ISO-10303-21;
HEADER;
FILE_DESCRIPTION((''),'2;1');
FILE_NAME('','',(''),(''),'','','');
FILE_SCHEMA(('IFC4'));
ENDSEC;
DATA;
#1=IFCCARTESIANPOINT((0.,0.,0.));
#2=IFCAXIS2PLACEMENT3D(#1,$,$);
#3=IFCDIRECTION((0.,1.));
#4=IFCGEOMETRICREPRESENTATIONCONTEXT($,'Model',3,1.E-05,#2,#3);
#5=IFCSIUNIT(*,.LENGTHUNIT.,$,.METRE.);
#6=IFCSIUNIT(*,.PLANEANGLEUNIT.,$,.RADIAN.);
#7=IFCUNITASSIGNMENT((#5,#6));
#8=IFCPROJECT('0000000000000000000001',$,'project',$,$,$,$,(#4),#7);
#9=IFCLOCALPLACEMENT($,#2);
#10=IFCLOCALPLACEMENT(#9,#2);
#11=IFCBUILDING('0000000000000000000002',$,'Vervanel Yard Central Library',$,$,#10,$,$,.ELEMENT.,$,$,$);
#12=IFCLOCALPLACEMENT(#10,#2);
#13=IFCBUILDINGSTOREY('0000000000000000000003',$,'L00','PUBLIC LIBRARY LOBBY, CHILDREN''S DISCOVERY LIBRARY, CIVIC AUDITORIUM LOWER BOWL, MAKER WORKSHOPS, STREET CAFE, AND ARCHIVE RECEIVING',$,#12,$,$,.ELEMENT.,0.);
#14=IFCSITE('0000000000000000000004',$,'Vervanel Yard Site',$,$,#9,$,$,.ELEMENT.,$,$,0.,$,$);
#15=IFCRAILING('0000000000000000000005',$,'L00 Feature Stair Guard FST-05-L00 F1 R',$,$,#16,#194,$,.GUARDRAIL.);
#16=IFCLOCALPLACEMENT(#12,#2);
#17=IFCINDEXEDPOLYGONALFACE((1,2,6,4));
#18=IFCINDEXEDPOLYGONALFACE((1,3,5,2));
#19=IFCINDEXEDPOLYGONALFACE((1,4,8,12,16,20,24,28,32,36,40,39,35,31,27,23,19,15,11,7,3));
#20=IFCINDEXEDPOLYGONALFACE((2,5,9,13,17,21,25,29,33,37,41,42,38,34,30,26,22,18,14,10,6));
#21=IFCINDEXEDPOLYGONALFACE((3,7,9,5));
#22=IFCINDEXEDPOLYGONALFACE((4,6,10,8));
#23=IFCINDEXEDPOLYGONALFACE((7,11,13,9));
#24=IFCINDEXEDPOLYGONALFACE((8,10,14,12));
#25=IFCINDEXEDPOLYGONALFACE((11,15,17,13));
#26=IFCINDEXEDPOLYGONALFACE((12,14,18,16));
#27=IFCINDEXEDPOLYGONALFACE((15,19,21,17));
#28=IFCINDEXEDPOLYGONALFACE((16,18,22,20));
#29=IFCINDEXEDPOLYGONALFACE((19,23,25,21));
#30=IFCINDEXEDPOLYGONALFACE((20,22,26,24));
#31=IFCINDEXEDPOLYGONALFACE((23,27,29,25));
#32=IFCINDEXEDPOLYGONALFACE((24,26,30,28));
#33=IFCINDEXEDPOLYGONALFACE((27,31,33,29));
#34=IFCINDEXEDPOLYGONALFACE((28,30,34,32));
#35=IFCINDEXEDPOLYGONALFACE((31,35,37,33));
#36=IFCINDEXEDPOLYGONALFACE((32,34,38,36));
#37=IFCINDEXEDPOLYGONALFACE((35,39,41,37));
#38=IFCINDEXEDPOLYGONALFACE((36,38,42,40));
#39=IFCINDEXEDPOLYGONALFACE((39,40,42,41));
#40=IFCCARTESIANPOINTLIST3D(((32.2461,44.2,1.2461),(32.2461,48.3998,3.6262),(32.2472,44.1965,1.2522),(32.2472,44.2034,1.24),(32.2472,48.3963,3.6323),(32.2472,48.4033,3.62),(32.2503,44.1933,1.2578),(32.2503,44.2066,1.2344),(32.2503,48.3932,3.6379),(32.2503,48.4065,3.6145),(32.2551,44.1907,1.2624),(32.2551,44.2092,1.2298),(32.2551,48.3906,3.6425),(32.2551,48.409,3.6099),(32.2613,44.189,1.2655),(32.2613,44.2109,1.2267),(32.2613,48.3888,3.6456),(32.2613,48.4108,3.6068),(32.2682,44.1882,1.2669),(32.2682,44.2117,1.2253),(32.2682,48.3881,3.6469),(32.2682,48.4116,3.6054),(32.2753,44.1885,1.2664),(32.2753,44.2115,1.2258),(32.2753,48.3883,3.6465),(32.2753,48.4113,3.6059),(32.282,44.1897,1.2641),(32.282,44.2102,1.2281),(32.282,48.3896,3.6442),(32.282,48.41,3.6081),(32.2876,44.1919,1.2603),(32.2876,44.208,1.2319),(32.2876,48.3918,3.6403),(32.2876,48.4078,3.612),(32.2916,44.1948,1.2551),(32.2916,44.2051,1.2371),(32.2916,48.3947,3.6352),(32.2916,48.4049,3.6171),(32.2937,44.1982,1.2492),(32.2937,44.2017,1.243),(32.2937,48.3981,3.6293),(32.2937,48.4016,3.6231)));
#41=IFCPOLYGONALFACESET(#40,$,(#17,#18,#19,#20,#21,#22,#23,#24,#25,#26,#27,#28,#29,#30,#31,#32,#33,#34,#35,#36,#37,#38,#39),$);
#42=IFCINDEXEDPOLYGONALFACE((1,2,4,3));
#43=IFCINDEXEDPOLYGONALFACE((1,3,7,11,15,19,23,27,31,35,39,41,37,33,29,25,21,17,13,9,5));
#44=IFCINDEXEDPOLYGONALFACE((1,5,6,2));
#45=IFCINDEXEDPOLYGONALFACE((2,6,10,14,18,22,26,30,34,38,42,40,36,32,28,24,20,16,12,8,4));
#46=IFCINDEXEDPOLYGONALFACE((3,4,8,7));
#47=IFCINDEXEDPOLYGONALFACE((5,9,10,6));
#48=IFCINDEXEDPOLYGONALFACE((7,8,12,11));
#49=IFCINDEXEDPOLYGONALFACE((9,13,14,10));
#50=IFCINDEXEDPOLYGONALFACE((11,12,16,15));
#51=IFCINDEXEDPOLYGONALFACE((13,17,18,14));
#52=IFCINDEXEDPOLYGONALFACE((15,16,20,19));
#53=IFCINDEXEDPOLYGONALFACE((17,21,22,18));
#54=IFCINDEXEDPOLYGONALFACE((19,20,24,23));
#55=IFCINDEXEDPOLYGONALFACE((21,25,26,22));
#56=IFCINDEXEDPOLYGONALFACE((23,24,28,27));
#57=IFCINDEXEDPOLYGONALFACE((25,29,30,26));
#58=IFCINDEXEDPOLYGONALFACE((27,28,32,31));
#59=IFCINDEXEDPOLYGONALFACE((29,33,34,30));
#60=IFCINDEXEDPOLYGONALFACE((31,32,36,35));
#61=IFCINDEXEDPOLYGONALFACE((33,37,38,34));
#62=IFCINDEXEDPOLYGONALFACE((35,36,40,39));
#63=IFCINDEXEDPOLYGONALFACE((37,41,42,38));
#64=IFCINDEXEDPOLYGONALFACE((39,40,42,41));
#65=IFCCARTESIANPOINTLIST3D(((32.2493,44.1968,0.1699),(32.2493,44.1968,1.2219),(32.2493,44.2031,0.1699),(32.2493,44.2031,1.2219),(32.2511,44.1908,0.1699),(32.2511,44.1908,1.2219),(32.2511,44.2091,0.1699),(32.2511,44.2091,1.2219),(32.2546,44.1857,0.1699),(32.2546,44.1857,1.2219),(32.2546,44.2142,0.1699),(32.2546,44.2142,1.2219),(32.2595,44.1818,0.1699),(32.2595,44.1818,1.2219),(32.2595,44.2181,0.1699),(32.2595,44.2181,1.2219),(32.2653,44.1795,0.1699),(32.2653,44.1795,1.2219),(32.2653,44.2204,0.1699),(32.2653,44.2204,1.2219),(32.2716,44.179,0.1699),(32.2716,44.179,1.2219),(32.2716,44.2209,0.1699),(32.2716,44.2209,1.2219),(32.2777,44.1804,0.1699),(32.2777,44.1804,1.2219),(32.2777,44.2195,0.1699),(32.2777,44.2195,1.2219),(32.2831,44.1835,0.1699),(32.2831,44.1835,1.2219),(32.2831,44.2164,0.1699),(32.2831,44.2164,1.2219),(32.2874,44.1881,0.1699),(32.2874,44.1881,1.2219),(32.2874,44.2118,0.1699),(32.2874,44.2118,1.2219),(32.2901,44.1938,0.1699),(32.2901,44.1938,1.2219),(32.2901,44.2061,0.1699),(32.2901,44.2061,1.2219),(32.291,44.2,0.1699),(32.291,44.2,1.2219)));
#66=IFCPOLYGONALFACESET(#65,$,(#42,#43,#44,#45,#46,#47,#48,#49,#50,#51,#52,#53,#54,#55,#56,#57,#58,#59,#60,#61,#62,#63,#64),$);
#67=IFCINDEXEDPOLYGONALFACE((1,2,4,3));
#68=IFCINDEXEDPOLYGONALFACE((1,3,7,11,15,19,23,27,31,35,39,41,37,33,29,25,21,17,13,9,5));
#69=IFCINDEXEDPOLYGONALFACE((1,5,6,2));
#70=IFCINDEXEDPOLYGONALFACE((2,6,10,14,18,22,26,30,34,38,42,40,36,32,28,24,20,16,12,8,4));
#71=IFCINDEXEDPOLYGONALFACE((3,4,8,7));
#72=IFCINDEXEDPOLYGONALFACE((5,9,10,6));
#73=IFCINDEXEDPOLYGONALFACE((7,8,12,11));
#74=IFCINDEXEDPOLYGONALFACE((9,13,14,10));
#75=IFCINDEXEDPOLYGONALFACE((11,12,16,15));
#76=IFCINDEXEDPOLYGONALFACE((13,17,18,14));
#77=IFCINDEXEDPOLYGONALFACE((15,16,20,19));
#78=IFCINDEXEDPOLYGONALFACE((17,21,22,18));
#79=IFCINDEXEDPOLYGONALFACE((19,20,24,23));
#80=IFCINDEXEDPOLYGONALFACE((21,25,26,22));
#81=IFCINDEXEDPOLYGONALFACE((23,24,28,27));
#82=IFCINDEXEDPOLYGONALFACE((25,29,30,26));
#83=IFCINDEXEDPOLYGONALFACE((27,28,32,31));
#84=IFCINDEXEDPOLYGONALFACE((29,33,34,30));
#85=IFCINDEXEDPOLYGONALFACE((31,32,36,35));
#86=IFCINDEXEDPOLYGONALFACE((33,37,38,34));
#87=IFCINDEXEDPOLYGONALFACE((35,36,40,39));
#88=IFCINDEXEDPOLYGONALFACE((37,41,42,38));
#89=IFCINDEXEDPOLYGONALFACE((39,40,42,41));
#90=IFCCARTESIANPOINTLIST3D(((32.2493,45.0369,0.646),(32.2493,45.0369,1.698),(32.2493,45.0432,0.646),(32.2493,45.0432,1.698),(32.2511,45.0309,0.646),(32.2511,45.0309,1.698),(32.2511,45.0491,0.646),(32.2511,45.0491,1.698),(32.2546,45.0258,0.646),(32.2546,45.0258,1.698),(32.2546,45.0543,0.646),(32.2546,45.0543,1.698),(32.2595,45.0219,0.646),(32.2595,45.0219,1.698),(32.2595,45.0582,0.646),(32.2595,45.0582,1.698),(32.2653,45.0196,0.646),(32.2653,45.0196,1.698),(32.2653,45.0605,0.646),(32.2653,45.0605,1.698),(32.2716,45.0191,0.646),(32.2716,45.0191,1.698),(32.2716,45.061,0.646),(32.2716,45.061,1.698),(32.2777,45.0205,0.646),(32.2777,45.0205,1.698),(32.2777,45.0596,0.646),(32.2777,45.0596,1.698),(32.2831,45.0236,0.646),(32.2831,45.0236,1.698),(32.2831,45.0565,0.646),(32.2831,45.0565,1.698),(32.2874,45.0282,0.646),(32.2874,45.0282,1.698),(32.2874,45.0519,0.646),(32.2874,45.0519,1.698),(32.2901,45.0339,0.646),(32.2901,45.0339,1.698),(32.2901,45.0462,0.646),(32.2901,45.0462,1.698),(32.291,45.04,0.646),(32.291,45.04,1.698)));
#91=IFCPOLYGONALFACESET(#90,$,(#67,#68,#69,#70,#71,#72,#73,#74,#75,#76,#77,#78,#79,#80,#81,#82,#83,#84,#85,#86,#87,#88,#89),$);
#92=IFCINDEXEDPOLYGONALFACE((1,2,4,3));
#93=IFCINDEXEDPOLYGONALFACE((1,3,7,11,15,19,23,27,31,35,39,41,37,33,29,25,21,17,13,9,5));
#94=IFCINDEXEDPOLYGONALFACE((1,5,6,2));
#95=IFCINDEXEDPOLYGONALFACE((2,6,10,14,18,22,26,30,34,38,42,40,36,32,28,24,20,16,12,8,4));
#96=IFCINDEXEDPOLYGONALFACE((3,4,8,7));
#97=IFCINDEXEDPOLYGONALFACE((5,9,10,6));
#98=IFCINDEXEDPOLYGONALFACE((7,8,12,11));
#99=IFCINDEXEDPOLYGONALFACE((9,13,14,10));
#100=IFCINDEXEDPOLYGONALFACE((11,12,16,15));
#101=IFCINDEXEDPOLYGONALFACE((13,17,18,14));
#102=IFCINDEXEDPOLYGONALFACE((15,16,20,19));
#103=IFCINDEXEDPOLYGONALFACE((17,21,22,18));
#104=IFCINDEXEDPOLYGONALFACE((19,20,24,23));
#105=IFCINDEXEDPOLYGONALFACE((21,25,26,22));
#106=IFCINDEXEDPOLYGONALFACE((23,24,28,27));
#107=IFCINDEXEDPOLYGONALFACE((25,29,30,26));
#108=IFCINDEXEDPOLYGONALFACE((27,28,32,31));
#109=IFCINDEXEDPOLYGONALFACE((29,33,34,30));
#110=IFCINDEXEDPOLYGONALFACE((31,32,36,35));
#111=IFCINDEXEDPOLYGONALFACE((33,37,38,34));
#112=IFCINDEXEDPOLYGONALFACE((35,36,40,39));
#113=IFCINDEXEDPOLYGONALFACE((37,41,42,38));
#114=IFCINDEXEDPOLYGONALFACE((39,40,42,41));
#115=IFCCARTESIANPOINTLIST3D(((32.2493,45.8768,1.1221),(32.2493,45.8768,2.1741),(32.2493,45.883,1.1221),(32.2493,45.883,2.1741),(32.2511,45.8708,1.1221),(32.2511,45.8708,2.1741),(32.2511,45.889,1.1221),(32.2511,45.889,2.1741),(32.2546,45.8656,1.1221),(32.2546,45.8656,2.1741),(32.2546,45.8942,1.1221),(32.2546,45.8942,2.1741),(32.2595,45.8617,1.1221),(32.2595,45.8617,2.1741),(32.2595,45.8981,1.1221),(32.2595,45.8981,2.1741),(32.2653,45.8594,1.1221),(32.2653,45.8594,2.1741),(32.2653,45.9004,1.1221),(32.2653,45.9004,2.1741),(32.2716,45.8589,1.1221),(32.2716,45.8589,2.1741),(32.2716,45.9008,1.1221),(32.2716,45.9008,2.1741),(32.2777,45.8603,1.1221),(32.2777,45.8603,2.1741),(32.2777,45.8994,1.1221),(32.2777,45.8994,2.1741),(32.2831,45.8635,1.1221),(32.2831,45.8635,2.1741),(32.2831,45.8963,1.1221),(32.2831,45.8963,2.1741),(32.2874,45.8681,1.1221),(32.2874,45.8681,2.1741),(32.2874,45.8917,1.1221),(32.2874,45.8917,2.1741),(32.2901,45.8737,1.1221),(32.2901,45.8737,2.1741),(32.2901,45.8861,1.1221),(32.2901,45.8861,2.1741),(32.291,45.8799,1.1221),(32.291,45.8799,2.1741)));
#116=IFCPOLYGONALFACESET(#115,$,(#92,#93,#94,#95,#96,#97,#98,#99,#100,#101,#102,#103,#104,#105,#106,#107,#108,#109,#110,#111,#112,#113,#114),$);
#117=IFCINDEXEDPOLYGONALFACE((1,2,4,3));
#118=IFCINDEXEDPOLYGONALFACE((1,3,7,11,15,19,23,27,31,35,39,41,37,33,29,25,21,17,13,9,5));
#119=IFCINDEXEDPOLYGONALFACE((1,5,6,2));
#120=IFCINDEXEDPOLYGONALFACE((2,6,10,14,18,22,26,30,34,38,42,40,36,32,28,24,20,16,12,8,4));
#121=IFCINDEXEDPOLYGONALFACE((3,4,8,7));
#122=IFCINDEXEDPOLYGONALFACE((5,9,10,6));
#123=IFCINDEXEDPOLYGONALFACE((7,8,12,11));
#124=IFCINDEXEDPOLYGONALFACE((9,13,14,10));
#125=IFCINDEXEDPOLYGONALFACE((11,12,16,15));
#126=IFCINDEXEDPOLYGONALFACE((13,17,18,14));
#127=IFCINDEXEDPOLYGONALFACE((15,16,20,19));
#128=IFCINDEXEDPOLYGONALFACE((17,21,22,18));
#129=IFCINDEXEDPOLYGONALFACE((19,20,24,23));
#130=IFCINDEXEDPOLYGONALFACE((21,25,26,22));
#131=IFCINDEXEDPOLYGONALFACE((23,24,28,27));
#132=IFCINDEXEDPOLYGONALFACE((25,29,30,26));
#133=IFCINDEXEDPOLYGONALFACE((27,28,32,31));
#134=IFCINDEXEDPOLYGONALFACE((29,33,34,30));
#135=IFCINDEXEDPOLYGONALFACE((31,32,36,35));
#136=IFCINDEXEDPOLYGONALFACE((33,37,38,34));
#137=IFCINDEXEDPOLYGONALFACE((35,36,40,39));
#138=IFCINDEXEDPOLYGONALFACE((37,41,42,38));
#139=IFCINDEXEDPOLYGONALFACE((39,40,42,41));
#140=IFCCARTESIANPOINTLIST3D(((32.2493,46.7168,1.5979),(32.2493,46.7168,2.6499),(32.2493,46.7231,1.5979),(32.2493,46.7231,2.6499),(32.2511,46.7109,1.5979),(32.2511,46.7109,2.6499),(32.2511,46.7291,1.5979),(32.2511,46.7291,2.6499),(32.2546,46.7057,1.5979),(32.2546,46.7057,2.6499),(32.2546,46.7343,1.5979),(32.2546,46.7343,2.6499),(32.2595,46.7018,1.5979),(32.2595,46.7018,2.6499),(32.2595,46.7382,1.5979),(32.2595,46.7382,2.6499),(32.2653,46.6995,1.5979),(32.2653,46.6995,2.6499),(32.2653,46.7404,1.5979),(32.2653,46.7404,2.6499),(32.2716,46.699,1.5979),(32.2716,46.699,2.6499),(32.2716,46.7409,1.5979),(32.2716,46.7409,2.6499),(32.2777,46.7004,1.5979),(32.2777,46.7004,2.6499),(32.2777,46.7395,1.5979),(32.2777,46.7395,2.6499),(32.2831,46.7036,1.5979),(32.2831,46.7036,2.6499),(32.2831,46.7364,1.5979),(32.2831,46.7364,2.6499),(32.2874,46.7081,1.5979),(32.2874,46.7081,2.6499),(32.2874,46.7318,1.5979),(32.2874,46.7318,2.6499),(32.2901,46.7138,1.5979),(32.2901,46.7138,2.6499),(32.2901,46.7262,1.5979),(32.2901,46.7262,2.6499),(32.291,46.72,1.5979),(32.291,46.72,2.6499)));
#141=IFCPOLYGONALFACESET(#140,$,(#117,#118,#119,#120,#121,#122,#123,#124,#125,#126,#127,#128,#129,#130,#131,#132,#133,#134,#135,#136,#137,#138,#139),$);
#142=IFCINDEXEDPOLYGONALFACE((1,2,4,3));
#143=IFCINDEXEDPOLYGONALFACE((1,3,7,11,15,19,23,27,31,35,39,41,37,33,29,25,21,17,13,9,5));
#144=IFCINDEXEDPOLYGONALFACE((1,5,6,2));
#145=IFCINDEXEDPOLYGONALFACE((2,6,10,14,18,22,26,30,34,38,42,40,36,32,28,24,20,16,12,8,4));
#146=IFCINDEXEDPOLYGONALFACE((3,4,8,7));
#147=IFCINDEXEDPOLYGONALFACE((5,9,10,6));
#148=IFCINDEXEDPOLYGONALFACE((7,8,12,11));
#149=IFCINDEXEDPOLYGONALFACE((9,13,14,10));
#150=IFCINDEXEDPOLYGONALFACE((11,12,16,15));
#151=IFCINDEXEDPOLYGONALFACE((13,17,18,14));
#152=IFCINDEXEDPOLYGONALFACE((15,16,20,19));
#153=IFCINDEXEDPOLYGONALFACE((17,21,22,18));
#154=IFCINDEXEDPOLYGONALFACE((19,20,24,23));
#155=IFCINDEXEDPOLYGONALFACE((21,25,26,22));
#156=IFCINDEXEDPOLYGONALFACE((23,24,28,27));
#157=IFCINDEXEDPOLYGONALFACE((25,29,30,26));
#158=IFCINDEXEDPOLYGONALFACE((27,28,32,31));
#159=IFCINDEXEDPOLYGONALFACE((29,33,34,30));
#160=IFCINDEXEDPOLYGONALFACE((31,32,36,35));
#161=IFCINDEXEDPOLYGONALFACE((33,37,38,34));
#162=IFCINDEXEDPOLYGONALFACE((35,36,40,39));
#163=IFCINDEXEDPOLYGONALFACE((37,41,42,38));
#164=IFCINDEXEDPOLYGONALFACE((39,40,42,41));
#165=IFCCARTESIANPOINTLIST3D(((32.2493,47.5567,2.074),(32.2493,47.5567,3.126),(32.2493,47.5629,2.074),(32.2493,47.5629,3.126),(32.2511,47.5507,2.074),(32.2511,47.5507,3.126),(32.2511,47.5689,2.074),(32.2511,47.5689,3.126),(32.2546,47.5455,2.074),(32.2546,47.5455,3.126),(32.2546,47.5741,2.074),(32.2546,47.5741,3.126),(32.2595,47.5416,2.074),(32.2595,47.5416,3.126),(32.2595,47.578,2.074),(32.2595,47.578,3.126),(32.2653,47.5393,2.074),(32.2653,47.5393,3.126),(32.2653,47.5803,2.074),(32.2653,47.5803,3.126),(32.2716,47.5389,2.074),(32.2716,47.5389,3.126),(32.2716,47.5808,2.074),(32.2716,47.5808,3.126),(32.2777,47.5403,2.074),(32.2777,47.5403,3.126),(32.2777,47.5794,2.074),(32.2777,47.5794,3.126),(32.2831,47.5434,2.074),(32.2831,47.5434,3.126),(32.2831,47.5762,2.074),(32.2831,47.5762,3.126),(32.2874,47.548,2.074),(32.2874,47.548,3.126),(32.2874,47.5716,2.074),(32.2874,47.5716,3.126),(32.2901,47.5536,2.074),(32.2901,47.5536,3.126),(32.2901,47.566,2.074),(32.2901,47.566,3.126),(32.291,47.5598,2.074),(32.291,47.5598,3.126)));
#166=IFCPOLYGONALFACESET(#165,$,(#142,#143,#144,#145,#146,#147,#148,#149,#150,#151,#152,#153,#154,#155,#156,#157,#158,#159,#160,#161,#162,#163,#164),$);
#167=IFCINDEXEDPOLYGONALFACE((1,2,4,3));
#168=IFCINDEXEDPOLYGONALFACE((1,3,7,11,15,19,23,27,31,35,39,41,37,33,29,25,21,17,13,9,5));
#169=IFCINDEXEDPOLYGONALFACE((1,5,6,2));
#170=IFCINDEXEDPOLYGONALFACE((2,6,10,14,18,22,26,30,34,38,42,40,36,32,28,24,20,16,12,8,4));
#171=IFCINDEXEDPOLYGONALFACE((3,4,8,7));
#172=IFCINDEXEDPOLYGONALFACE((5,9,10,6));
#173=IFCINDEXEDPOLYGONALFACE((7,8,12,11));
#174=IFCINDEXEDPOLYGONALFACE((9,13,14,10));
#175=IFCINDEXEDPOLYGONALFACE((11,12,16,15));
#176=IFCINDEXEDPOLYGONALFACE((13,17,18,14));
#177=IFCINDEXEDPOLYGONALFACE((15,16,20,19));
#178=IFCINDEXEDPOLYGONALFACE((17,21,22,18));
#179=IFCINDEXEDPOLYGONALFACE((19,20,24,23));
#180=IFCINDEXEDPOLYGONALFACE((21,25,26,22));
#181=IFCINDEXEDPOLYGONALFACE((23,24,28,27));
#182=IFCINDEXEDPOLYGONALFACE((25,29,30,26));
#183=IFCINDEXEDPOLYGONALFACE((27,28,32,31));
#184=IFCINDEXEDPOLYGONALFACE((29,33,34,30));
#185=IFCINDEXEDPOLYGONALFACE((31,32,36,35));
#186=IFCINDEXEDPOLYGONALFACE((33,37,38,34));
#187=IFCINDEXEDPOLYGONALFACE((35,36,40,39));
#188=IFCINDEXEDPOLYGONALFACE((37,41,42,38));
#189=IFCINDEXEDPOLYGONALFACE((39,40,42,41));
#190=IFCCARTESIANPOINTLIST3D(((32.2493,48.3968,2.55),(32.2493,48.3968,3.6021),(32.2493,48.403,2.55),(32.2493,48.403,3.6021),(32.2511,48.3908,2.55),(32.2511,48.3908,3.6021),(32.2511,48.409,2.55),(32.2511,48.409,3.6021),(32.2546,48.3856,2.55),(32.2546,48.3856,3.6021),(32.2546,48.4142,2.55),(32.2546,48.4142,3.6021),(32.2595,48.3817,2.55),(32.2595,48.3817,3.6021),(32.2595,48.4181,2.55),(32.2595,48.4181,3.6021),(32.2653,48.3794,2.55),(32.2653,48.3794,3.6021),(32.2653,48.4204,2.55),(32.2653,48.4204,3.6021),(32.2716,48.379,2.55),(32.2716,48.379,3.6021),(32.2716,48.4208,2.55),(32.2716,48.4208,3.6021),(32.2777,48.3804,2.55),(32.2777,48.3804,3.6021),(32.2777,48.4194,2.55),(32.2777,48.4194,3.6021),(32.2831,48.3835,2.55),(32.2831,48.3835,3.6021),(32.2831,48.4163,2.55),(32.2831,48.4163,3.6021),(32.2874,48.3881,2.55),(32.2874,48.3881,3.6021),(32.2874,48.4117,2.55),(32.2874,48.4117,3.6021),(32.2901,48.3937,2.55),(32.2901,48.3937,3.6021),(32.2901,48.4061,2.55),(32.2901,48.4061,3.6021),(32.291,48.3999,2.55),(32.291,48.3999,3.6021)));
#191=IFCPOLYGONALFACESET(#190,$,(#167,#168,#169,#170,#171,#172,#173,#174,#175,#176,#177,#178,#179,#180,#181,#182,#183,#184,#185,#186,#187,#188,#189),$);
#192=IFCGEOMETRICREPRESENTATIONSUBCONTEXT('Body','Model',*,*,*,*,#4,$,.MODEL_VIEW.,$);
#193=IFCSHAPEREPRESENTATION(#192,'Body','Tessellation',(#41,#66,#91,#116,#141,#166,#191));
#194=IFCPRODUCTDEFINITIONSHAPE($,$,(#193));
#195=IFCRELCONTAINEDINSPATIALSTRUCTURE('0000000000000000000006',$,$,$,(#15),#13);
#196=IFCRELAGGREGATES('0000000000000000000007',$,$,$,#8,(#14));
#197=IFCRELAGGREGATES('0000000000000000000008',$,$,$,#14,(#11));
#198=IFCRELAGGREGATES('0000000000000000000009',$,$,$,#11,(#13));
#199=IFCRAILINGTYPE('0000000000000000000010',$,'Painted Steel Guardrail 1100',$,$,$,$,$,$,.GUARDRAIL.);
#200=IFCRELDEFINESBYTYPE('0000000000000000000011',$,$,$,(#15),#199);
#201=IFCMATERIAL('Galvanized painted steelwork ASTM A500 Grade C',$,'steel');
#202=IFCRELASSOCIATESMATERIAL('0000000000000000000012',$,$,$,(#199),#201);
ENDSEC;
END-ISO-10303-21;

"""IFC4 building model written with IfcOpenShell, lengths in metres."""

from ifc_helpers import new_model, si_unit, direction, frame, origin, origin_2d, place, context, subcontext, project, spatial, circle, extrude, material, type_object, element, save


model = new_model("IFC4")

# Units and contexts
model_context = context("Model", 3, precision=1e-05, world=origin(), true_north=direction((0.0, 1.0)))
body_context = subcontext(model_context, "Body", "Model", "MODEL_VIEW")
ifc_project = project(units=[si_unit("LENGTHUNIT", "METRE"), si_unit("PLANEANGLEUNIT", "RADIAN")], contexts=[model_context])

# Site, building, storey
site_placement = place(None, origin())
site = spatial("IfcSite", under=ifc_project, at=site_placement, Name="Vervanel Yard Site", CompositionType="ELEMENT", RefElevation=0.0)
building_placement = place(site_placement, origin())
building = spatial("IfcBuilding", under=site, at=building_placement, Name="Vervanel Yard Central Library", CompositionType="ELEMENT")
storey_placement = place(building_placement, origin())
storey = spatial("IfcBuildingStorey", under=building, at=storey_placement, Name="L00", Description="PUBLIC LIBRARY LOBBY, CHILDREN'S DISCOVERY LIBRARY, CIVIC AUDITORIUM LOWER BOWL, MAKER WORKSHOPS, STREET CAFE, AND ARCHIVE RECEIVING", CompositionType="ELEMENT", Elevation=0.0)

# Railing
ifc_material_1 = material(Name="Galvanized painted steelwork ASTM A500 Grade C", Category="steel")
railing_type = type_object("IfcRailingType", Name="Painted Steel Guardrail 1100", PredefinedType="GUARDRAIL", material=ifc_material_1)
for number, where, name in (
    (1, (32.27, 44.2, 0.1699), "L00 Feature Stair Guard FST-05-L00 F1 R"),
):
    element("IfcRailing", number, at=place(storey_placement, frame(where)), inside=storey, type_object=railing_type, Name=name, PredefinedType="GUARDRAIL", context=body_context, shape_type="SweptSolid", body=[
        extrude(circle(Radius=0.0239, at=origin_2d()), frame((0.0, 0.0, 1.0762), z_axis=(0.0, 0.870008, 0.493037), x_axis=(-1.0, 0.0, 0.0)), (0.0, 0.0, 1.0), 4.8274),
        extrude(circle(Radius=0.021, at=origin_2d()), origin(), (0.0, 0.0, 1.0), 1.052),
        extrude(circle(Radius=0.021, at=origin_2d()), frame((0.0, 0.8401, 0.4761)), (0.0, 0.0, 1.0), 1.052),
        extrude(circle(Radius=0.021, at=origin_2d()), frame((0.0, 1.6799, 0.9521)), (0.0, 0.0, 1.0), 1.052),
        extrude(circle(Radius=0.021, at=origin_2d()), frame((0.0, 2.52, 1.428)), (0.0, 0.0, 1.0), 1.052),
        extrude(circle(Radius=0.021, at=origin_2d()), frame((0.0, 3.3599, 1.9041)), (0.0, 0.0, 1.0), 1.052),
        extrude(circle(Radius=0.021, at=origin_2d()), frame((0.0, 4.2, 2.3801)), (0.0, 0.0, 1.0), 1.052),
    ])

save(model, "model.ifc")
